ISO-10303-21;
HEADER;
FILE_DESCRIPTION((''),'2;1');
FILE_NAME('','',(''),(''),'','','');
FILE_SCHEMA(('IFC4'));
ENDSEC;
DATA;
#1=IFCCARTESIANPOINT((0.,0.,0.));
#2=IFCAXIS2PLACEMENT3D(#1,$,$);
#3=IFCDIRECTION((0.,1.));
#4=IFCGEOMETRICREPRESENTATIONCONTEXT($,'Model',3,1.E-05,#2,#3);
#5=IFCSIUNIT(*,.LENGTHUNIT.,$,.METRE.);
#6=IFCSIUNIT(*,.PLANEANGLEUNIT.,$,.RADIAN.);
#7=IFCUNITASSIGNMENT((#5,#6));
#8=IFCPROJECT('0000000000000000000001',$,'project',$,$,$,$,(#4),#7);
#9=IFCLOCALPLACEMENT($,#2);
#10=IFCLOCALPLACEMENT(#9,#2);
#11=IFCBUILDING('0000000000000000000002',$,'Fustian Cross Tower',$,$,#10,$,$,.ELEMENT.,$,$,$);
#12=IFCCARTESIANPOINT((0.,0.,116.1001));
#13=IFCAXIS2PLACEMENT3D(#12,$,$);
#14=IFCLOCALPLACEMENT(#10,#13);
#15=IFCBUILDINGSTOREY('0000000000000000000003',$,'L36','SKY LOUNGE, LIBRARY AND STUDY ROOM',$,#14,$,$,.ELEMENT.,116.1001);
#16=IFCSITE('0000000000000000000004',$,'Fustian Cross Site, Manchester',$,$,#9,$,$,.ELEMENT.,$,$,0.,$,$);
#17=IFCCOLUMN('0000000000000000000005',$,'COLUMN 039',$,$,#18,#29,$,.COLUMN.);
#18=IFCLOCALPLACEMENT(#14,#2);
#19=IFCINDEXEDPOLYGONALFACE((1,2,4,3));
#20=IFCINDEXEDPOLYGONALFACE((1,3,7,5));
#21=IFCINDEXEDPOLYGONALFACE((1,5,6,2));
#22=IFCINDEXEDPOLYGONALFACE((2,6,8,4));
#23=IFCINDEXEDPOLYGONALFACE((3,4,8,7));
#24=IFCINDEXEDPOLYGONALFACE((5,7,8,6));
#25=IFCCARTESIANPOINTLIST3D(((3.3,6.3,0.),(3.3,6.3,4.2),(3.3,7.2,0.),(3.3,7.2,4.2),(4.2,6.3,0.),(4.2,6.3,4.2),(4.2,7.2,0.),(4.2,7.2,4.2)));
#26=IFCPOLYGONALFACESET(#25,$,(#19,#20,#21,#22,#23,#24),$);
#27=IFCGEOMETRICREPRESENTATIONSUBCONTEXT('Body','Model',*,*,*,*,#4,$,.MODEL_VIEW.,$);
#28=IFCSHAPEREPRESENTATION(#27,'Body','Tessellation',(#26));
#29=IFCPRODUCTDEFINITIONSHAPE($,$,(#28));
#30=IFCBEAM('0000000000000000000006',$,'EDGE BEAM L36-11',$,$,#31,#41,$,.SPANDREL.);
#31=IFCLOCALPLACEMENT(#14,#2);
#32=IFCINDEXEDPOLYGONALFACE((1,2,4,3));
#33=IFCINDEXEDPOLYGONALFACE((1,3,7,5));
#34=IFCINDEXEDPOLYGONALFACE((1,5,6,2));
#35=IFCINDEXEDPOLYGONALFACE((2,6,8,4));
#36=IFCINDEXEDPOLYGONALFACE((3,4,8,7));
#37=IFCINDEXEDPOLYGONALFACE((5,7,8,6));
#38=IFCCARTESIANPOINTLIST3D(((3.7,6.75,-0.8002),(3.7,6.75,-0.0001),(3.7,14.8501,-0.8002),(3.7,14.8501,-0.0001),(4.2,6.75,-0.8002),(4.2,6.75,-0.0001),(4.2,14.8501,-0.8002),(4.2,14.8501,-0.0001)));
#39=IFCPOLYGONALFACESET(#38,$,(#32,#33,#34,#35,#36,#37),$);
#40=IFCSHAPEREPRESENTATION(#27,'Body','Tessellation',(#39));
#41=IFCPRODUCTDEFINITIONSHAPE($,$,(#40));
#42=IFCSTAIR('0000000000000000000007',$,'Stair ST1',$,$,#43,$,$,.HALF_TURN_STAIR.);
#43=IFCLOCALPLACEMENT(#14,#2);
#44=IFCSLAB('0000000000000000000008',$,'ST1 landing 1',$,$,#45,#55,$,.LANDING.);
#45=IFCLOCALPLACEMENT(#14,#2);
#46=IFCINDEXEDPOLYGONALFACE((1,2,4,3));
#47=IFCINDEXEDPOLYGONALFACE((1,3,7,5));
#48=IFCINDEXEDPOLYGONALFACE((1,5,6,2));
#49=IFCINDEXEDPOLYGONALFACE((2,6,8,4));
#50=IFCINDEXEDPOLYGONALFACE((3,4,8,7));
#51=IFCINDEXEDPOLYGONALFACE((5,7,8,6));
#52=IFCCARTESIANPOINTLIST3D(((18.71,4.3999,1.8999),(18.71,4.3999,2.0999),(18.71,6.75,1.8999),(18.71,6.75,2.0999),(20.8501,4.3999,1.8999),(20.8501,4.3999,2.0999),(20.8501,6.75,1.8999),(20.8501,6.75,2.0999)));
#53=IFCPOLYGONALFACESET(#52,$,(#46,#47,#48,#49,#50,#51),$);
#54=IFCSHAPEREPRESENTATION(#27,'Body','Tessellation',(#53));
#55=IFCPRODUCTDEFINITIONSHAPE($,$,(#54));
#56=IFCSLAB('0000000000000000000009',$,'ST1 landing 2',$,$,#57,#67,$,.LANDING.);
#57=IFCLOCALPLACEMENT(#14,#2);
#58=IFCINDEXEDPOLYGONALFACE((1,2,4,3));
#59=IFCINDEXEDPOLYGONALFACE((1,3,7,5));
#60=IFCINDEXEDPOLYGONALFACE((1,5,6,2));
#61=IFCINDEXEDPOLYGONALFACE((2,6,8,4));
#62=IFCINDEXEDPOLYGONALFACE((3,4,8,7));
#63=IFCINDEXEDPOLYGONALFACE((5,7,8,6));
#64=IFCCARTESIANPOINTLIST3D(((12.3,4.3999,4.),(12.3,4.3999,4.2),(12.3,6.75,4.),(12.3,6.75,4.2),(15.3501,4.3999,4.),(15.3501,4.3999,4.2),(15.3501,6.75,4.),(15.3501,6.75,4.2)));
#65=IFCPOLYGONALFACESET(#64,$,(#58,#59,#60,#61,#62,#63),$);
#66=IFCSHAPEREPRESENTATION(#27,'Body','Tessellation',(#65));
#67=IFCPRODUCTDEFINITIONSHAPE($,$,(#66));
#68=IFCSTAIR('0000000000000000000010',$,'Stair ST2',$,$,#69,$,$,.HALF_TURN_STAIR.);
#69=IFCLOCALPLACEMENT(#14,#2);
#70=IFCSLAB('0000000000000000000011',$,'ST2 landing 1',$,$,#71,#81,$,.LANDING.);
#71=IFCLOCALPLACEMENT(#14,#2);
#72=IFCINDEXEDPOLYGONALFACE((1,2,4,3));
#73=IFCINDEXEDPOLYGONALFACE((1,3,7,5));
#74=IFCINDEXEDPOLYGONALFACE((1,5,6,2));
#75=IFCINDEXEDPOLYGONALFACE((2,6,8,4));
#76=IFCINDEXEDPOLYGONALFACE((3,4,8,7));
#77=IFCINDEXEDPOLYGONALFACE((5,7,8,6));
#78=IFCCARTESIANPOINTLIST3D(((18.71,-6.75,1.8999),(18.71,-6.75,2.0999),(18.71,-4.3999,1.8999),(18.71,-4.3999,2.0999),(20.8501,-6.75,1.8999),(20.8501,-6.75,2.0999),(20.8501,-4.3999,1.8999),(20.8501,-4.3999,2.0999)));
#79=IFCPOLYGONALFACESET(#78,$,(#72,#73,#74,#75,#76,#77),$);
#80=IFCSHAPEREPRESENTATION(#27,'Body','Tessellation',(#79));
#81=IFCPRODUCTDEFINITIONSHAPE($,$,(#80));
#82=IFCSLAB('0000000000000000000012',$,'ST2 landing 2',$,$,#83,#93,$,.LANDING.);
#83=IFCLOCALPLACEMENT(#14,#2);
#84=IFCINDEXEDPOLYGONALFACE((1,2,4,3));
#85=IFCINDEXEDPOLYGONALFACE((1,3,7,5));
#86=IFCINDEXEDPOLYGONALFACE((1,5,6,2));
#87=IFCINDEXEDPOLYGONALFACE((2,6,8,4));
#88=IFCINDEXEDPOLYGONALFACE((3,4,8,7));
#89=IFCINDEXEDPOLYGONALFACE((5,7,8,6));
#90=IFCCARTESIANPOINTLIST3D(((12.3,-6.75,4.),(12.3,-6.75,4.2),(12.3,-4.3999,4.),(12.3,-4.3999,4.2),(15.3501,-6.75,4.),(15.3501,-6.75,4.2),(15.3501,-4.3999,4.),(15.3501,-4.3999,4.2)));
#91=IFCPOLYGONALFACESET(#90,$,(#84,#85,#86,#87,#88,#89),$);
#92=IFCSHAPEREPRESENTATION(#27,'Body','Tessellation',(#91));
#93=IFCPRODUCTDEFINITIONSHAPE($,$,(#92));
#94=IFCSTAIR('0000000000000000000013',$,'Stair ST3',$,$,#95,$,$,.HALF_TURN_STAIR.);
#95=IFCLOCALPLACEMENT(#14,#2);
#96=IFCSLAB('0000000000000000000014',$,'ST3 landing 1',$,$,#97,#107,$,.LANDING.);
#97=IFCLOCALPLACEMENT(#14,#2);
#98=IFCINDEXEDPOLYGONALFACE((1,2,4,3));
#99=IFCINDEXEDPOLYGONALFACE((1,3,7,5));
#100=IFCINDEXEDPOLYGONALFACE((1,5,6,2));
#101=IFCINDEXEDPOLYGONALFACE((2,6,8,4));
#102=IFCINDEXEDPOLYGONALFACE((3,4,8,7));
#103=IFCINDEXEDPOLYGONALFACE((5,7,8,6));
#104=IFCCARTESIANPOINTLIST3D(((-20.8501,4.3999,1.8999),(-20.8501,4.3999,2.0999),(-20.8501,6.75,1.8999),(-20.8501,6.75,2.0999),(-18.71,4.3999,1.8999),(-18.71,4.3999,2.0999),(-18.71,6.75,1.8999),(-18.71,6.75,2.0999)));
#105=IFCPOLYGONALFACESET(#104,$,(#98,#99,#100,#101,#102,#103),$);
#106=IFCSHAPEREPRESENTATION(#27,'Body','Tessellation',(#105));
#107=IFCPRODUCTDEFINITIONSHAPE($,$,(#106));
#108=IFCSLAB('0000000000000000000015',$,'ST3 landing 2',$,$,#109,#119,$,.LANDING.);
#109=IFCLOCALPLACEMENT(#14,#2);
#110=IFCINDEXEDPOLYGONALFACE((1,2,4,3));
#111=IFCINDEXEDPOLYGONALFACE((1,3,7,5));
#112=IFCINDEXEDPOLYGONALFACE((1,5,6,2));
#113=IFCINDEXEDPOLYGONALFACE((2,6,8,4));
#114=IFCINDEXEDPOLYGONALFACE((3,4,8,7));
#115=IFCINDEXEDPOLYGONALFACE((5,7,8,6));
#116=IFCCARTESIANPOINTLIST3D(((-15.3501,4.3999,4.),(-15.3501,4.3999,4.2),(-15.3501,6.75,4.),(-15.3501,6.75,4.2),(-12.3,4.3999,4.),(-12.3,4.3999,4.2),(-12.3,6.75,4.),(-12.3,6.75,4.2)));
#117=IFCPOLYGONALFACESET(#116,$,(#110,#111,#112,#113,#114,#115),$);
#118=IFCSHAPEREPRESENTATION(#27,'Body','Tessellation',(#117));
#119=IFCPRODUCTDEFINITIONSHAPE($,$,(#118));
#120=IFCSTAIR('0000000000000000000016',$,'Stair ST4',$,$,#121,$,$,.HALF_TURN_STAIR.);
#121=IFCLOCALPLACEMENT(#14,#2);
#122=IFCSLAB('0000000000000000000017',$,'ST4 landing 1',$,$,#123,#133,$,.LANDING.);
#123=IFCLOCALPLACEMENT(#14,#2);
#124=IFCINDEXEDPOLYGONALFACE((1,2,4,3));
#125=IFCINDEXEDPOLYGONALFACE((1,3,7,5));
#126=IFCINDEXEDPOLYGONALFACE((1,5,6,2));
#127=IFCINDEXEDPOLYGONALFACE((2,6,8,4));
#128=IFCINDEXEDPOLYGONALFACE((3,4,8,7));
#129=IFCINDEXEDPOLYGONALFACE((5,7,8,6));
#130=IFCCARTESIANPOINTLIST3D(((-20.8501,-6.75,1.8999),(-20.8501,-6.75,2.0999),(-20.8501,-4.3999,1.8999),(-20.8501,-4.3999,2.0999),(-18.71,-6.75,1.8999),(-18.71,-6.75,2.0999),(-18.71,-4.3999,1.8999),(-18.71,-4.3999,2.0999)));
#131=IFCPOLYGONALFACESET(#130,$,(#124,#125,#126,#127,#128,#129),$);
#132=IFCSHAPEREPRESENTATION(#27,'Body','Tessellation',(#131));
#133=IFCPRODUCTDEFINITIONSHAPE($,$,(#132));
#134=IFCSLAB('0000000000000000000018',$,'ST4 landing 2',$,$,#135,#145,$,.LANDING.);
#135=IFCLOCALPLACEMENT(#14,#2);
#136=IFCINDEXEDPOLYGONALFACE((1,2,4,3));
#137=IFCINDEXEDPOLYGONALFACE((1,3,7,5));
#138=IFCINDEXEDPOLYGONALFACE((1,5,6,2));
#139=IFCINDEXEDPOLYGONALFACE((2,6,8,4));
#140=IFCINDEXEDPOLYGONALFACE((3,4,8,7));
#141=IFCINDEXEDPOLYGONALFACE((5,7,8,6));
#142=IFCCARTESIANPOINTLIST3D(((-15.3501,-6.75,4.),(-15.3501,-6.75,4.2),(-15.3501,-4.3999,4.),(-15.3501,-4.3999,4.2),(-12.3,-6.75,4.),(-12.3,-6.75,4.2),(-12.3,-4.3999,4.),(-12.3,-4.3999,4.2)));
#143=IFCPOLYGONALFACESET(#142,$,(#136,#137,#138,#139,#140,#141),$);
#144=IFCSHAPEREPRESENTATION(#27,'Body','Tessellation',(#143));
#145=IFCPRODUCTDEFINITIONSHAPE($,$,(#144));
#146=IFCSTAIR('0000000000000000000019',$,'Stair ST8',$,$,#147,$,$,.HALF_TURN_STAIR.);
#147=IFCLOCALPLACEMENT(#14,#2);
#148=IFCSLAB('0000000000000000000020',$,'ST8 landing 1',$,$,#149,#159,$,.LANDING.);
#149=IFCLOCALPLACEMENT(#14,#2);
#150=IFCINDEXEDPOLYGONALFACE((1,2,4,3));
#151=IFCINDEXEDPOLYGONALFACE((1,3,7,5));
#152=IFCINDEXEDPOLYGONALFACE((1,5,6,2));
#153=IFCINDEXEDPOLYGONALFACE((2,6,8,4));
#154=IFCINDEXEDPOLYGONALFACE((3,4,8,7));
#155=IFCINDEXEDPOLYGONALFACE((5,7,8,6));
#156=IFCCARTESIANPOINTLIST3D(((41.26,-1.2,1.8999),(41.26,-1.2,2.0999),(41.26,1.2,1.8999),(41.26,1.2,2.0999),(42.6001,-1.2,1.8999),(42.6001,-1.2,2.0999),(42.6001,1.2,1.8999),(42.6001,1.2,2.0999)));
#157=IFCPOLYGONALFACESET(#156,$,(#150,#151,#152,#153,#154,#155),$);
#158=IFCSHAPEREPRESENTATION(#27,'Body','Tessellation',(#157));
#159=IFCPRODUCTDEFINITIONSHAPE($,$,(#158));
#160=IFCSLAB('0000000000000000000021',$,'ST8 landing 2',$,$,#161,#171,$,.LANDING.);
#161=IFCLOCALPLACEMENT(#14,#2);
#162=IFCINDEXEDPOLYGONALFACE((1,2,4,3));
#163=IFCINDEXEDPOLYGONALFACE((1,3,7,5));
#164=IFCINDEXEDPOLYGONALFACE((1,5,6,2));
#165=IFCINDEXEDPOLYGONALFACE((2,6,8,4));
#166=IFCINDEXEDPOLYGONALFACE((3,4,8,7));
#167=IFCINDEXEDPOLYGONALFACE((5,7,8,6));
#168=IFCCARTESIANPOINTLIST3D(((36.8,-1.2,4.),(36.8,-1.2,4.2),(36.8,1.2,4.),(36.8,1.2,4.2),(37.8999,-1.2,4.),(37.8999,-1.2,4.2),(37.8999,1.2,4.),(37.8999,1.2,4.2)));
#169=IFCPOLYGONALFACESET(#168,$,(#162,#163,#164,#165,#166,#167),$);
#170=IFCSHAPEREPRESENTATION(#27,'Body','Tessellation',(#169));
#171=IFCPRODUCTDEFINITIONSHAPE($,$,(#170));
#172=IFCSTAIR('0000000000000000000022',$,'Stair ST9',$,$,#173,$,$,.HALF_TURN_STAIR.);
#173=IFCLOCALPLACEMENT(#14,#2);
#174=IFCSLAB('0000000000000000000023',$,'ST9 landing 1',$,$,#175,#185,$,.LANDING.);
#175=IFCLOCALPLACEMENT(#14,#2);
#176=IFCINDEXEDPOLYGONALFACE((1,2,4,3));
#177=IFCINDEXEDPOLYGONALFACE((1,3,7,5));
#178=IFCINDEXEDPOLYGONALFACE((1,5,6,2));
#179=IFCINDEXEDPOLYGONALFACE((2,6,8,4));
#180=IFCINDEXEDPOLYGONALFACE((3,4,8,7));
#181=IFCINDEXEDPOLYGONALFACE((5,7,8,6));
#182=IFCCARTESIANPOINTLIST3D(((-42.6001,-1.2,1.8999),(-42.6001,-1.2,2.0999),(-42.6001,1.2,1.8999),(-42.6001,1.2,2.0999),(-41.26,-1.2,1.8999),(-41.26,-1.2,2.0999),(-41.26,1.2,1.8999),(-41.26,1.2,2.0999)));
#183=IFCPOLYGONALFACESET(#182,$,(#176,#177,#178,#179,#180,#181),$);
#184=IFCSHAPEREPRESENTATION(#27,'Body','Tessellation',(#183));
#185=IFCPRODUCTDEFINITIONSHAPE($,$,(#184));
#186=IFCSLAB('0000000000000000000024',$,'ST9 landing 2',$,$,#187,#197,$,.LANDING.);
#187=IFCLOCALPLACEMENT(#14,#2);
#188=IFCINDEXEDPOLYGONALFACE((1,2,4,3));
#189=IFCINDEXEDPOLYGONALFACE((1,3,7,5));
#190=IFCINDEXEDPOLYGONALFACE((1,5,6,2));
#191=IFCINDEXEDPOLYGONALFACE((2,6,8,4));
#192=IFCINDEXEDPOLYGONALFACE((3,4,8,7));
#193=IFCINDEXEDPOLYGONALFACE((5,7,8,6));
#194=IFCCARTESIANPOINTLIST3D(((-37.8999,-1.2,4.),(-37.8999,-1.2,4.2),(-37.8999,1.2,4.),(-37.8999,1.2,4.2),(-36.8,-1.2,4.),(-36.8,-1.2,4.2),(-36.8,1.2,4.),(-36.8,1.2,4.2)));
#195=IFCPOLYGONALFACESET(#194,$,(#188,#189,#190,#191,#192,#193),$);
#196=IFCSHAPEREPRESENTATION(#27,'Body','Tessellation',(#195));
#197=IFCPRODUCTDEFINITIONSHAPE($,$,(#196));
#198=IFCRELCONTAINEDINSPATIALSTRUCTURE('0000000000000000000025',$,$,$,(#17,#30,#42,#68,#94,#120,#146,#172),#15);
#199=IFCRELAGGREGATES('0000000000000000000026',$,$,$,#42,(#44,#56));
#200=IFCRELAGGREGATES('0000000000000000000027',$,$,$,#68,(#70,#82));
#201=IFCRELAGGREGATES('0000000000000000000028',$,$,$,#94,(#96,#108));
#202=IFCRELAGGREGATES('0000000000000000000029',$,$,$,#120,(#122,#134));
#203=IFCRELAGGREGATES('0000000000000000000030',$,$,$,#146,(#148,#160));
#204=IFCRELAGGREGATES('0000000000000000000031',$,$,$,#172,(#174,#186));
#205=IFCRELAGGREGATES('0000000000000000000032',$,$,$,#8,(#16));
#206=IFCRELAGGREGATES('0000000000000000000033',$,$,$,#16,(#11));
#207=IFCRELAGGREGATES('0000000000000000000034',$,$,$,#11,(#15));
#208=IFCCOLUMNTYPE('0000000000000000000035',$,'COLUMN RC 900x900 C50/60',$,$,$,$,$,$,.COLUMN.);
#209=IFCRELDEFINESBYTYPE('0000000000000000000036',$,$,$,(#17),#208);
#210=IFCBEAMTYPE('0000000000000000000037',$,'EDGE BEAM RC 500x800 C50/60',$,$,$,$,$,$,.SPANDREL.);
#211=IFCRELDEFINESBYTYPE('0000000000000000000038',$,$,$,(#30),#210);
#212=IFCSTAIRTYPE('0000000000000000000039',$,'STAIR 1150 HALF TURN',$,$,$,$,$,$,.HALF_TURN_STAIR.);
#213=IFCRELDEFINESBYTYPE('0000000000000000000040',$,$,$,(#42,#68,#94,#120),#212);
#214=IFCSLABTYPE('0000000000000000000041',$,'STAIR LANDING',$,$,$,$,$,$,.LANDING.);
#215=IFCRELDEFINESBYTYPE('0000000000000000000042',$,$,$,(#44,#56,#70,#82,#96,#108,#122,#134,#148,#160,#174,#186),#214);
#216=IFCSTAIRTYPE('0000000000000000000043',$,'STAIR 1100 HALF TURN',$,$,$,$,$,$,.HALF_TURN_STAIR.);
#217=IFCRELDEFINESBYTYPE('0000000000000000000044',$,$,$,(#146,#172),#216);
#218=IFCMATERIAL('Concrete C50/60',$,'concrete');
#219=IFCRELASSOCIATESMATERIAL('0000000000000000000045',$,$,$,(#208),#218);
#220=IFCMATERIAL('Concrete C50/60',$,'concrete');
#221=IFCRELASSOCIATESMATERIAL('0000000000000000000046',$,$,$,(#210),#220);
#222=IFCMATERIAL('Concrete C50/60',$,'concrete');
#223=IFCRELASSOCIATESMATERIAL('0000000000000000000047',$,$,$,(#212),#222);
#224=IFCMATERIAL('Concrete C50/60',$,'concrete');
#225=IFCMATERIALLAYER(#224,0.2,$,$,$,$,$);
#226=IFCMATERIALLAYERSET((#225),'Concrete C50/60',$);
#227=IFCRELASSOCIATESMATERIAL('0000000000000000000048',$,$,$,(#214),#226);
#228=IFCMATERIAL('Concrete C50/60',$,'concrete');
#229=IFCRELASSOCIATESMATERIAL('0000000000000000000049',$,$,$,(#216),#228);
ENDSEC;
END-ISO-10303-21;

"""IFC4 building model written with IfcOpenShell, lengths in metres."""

from ifc_helpers import new_model, si_unit, direction, frame, origin, origin_2d, place, context, subcontext, project, spatial, polyline, rectangle, outline, extrude, material, layer, layer_set, material_profile, profile_set, type_object, element, aggregate, save


model = new_model("IFC4")

# Units and contexts
model_context = context("Model", 3, precision=1e-05, world=origin(), true_north=direction((0.0, 1.0)))
body_context = subcontext(model_context, "Body", "Model", "MODEL_VIEW")
ifc_project = project(units=[si_unit("LENGTHUNIT", "METRE"), si_unit("PLANEANGLEUNIT", "RADIAN")], contexts=[model_context])

# Site, building, storey
site_placement = place(None, origin())
site = spatial("IfcSite", under=ifc_project, at=site_placement, Name="Fustian Cross Site, Manchester", CompositionType="ELEMENT", RefElevation=0.0)
building_placement = place(site_placement, origin())
building = spatial("IfcBuilding", under=site, at=building_placement, Name="Fustian Cross Tower", CompositionType="ELEMENT")
storey_placement = place(building_placement, frame((0.0, 0.0, 116.1001)))
storey = spatial("IfcBuildingStorey", under=building, at=storey_placement, Name="L36", Description="SKY LOUNGE, LIBRARY AND STUDY ROOM", CompositionType="ELEMENT", Elevation=116.1001)

# Column
ifc_material_1 = material(Name="Concrete C50/60", Category="concrete")
ifc_material_profile_1 = material_profile(ifc_material_1, rectangle(XDim=0.8999, YDim=0.8999, at=origin_2d()), Name="RC 900x900")
ifc_profile_set_1 = profile_set([ifc_material_profile_1], Name="Concrete C50/60")
column_type = type_object("IfcColumnType", Name="COLUMN RC 900x900 C50/60", PredefinedType="COLUMN", material=ifc_profile_set_1)
column_placement = place(storey_placement, frame((3.75, 6.75, 0.0), z_axis=(0.0, 0.0, 1.0), x_axis=(1.0, 0.0, 0.0)))
element("IfcColumn", 1, at=column_placement, inside=storey, type_object=column_type, Name="COLUMN 039", PredefinedType="COLUMN", context=body_context, shape_type="SweptSolid", body=[
    extrude(rectangle(XDim=0.8999, YDim=0.8999, at=origin_2d()), origin(), (0.0, 0.0, 1.0), 4.2),
])

# Beam
ifc_material_2 = material(Name="Concrete C50/60", Category="concrete")
ifc_material_profile_2 = material_profile(ifc_material_2, rectangle(XDim=0.5, YDim=0.8, at=origin_2d()), Name="RC 500x800")
ifc_profile_set_2 = profile_set([ifc_material_profile_2], Name="Concrete C50/60")
beam_type = type_object("IfcBeamType", Name="EDGE BEAM RC 500x800 C50/60", PredefinedType="SPANDREL", material=ifc_profile_set_2)
beam_placement = place(storey_placement, frame((3.95, 6.75, -0.4001), z_axis=(0.0, 1.0, 0.0), x_axis=(-1.0, 0.0, 0.0)))
element("IfcBeam", 2, at=beam_placement, inside=storey, type_object=beam_type, Name="EDGE BEAM L36-11", PredefinedType="SPANDREL", context=body_context, shape_type="SweptSolid", body=[
    extrude(rectangle(XDim=0.5, YDim=0.8, at=origin_2d()), origin(), (0.0, 0.0, 1.0), 8.1001),
])

# Stairs, slabs
ifc_material_3 = material(Name="Concrete C50/60", Category="concrete")
stair_type_1 = type_object("IfcStairType", Name="STAIR 1150 HALF TURN", PredefinedType="HALF_TURN_STAIR", material=ifc_material_3)
stair_1_placement = place(storey_placement, origin())
stair_1 = element("IfcStair", 3, at=stair_1_placement, inside=storey, type_object=stair_type_1, Name="Stair ST1", PredefinedType="HALF_TURN_STAIR")
ifc_material_4 = material(Name="Concrete C50/60", Category="concrete")
ifc_layer_1 = layer(ifc_material_4, 0.2)
ifc_layer_set_1 = layer_set([ifc_layer_1], Name="Concrete C50/60")
slab_type = type_object("IfcSlabType", Name="STAIR LANDING", PredefinedType="LANDING", material=ifc_layer_set_1)
slab_1_placement = place(storey_placement, frame((0.0, 0.0, 1.8999)))
slab_1 = element("IfcSlab", 4, at=slab_1_placement, type_object=slab_type, Name="ST1 landing 1", PredefinedType="LANDING", context=body_context, shape_type="SweptSolid", body=[
    extrude(outline(polyline([(18.71, 4.3999), (20.8501, 4.3999), (20.8501, 6.75), (18.71, 6.75), (18.71, 4.3999)])), origin(), (0.0, 0.0, 1.0), 0.2),
])
slab_2_placement = place(storey_placement, frame((0.0, 0.0, 4.0)))
slab_2 = element("IfcSlab", 5, at=slab_2_placement, type_object=slab_type, Name="ST1 landing 2", PredefinedType="LANDING", context=body_context, shape_type="SweptSolid", body=[
    extrude(outline(polyline([(12.3, 4.3999), (15.3501, 4.3999), (15.3501, 6.75), (12.3, 6.75), (12.3, 4.3999)])), origin(), (0.0, 0.0, 1.0), 0.2),
])
aggregate(stair_1, [slab_1, slab_2])
stair_2_placement = place(storey_placement, origin())
stair_2 = element("IfcStair", 6, at=stair_2_placement, inside=storey, type_object=stair_type_1, Name="Stair ST2", PredefinedType="HALF_TURN_STAIR")
slab_3_placement = place(storey_placement, frame((0.0, 0.0, 1.8999)))
slab_3 = element("IfcSlab", 7, at=slab_3_placement, type_object=slab_type, Name="ST2 landing 1", PredefinedType="LANDING", context=body_context, shape_type="SweptSolid", body=[
    extrude(outline(polyline([(18.71, -4.3999), (20.8501, -4.3999), (20.8501, -6.75), (18.71, -6.75), (18.71, -4.3999)])), origin(), (0.0, 0.0, 1.0), 0.2),
])
slab_4_placement = place(storey_placement, frame((0.0, 0.0, 4.0)))
slab_4 = element("IfcSlab", 8, at=slab_4_placement, type_object=slab_type, Name="ST2 landing 2", PredefinedType="LANDING", context=body_context, shape_type="SweptSolid", body=[
    extrude(outline(polyline([(12.3, -4.3999), (15.3501, -4.3999), (15.3501, -6.75), (12.3, -6.75), (12.3, -4.3999)])), origin(), (0.0, 0.0, 1.0), 0.2),
])
aggregate(stair_2, [slab_3, slab_4])
stair_3_placement = place(storey_placement, origin())
stair_3 = element("IfcStair", 9, at=stair_3_placement, inside=storey, type_object=stair_type_1, Name="Stair ST3", PredefinedType="HALF_TURN_STAIR")
slab_5_placement = place(storey_placement, frame((0.0, 0.0, 1.8999)))
slab_5 = element("IfcSlab", 10, at=slab_5_placement, type_object=slab_type, Name="ST3 landing 1", PredefinedType="LANDING", context=body_context, shape_type="SweptSolid", body=[
    extrude(outline(polyline([(-18.71, 4.3999), (-20.8501, 4.3999), (-20.8501, 6.75), (-18.71, 6.75), (-18.71, 4.3999)])), origin(), (0.0, 0.0, 1.0), 0.2),
])
slab_6_placement = place(storey_placement, frame((0.0, 0.0, 4.0)))
slab_6 = element("IfcSlab", 11, at=slab_6_placement, type_object=slab_type, Name="ST3 landing 2", PredefinedType="LANDING", context=body_context, shape_type="SweptSolid", body=[
    extrude(outline(polyline([(-12.3, 4.3999), (-15.3501, 4.3999), (-15.3501, 6.75), (-12.3, 6.75), (-12.3, 4.3999)])), origin(), (0.0, 0.0, 1.0), 0.2),
])
aggregate(stair_3, [slab_5, slab_6])
stair_4_placement = place(storey_placement, origin())
stair_4 = element("IfcStair", 12, at=stair_4_placement, inside=storey, type_object=stair_type_1, Name="Stair ST4", PredefinedType="HALF_TURN_STAIR")
slab_7_placement = place(storey_placement, frame((0.0, 0.0, 1.8999)))
slab_7 = element("IfcSlab", 13, at=slab_7_placement, type_object=slab_type, Name="ST4 landing 1", PredefinedType="LANDING", context=body_context, shape_type="SweptSolid", body=[
    extrude(outline(polyline([(-18.71, -4.3999), (-20.8501, -4.3999), (-20.8501, -6.75), (-18.71, -6.75), (-18.71, -4.3999)])), origin(), (0.0, 0.0, 1.0), 0.2),
])
slab_8_placement = place(storey_placement, frame((0.0, 0.0, 4.0)))
slab_8 = element("IfcSlab", 14, at=slab_8_placement, type_object=slab_type, Name="ST4 landing 2", PredefinedType="LANDING", context=body_context, shape_type="SweptSolid", body=[
    extrude(outline(polyline([(-12.3, -4.3999), (-15.3501, -4.3999), (-15.3501, -6.75), (-12.3, -6.75), (-12.3, -4.3999)])), origin(), (0.0, 0.0, 1.0), 0.2),
])
aggregate(stair_4, [slab_7, slab_8])
ifc_material_5 = material(Name="Concrete C50/60", Category="concrete")
stair_type_2 = type_object("IfcStairType", Name="STAIR 1100 HALF TURN", PredefinedType="HALF_TURN_STAIR", material=ifc_material_5)
stair_5_placement = place(storey_placement, origin())
stair_5 = element("IfcStair", 15, at=stair_5_placement, inside=storey, type_object=stair_type_2, Name="Stair ST8", PredefinedType="HALF_TURN_STAIR")
slab_9_placement = place(storey_placement, frame((0.0, 0.0, 1.8999)))
slab_9 = element("IfcSlab", 16, at=slab_9_placement, type_object=slab_type, Name="ST8 landing 1", PredefinedType="LANDING", context=body_context, shape_type="SweptSolid", body=[
    extrude(outline(polyline([(41.26, -1.2), (42.6001, -1.2), (42.6001, 1.2), (41.26, 1.2), (41.26, -1.2)])), origin(), (0.0, 0.0, 1.0), 0.2),
])
slab_10_placement = place(storey_placement, frame((0.0, 0.0, 4.0)))
slab_10 = element("IfcSlab", 17, at=slab_10_placement, type_object=slab_type, Name="ST8 landing 2", PredefinedType="LANDING", context=body_context, shape_type="SweptSolid", body=[
    extrude(outline(polyline([(36.8, -1.2), (37.8999, -1.2), (37.8999, 1.2), (36.8, 1.2), (36.8, -1.2)])), origin(), (0.0, 0.0, 1.0), 0.2),
])
aggregate(stair_5, [slab_9, slab_10])
stair_6_placement = place(storey_placement, origin())
stair_6 = element("IfcStair", 18, at=stair_6_placement, inside=storey, type_object=stair_type_2, Name="Stair ST9", PredefinedType="HALF_TURN_STAIR")
slab_11_placement = place(storey_placement, frame((0.0, 0.0, 1.8999)))
slab_11 = element("IfcSlab", 19, at=slab_11_placement, type_object=slab_type, Name="ST9 landing 1", PredefinedType="LANDING", context=body_context, shape_type="SweptSolid", body=[
    extrude(outline(polyline([(-41.26, -1.2), (-42.6001, -1.2), (-42.6001, 1.2), (-41.26, 1.2), (-41.26, -1.2)])), origin(), (0.0, 0.0, 1.0), 0.2),
])
slab_12_placement = place(storey_placement, frame((0.0, 0.0, 4.0)))
slab_12 = element("IfcSlab", 20, at=slab_12_placement, type_object=slab_type, Name="ST9 landing 2", PredefinedType="LANDING", context=body_context, shape_type="SweptSolid", body=[
    extrude(outline(polyline([(-36.8, -1.2), (-37.8999, -1.2), (-37.8999, 1.2), (-36.8, 1.2), (-36.8, -1.2)])), origin(), (0.0, 0.0, 1.0), 0.2),
])
aggregate(stair_6, [slab_11, slab_12])

save(model, "model.ifc")
